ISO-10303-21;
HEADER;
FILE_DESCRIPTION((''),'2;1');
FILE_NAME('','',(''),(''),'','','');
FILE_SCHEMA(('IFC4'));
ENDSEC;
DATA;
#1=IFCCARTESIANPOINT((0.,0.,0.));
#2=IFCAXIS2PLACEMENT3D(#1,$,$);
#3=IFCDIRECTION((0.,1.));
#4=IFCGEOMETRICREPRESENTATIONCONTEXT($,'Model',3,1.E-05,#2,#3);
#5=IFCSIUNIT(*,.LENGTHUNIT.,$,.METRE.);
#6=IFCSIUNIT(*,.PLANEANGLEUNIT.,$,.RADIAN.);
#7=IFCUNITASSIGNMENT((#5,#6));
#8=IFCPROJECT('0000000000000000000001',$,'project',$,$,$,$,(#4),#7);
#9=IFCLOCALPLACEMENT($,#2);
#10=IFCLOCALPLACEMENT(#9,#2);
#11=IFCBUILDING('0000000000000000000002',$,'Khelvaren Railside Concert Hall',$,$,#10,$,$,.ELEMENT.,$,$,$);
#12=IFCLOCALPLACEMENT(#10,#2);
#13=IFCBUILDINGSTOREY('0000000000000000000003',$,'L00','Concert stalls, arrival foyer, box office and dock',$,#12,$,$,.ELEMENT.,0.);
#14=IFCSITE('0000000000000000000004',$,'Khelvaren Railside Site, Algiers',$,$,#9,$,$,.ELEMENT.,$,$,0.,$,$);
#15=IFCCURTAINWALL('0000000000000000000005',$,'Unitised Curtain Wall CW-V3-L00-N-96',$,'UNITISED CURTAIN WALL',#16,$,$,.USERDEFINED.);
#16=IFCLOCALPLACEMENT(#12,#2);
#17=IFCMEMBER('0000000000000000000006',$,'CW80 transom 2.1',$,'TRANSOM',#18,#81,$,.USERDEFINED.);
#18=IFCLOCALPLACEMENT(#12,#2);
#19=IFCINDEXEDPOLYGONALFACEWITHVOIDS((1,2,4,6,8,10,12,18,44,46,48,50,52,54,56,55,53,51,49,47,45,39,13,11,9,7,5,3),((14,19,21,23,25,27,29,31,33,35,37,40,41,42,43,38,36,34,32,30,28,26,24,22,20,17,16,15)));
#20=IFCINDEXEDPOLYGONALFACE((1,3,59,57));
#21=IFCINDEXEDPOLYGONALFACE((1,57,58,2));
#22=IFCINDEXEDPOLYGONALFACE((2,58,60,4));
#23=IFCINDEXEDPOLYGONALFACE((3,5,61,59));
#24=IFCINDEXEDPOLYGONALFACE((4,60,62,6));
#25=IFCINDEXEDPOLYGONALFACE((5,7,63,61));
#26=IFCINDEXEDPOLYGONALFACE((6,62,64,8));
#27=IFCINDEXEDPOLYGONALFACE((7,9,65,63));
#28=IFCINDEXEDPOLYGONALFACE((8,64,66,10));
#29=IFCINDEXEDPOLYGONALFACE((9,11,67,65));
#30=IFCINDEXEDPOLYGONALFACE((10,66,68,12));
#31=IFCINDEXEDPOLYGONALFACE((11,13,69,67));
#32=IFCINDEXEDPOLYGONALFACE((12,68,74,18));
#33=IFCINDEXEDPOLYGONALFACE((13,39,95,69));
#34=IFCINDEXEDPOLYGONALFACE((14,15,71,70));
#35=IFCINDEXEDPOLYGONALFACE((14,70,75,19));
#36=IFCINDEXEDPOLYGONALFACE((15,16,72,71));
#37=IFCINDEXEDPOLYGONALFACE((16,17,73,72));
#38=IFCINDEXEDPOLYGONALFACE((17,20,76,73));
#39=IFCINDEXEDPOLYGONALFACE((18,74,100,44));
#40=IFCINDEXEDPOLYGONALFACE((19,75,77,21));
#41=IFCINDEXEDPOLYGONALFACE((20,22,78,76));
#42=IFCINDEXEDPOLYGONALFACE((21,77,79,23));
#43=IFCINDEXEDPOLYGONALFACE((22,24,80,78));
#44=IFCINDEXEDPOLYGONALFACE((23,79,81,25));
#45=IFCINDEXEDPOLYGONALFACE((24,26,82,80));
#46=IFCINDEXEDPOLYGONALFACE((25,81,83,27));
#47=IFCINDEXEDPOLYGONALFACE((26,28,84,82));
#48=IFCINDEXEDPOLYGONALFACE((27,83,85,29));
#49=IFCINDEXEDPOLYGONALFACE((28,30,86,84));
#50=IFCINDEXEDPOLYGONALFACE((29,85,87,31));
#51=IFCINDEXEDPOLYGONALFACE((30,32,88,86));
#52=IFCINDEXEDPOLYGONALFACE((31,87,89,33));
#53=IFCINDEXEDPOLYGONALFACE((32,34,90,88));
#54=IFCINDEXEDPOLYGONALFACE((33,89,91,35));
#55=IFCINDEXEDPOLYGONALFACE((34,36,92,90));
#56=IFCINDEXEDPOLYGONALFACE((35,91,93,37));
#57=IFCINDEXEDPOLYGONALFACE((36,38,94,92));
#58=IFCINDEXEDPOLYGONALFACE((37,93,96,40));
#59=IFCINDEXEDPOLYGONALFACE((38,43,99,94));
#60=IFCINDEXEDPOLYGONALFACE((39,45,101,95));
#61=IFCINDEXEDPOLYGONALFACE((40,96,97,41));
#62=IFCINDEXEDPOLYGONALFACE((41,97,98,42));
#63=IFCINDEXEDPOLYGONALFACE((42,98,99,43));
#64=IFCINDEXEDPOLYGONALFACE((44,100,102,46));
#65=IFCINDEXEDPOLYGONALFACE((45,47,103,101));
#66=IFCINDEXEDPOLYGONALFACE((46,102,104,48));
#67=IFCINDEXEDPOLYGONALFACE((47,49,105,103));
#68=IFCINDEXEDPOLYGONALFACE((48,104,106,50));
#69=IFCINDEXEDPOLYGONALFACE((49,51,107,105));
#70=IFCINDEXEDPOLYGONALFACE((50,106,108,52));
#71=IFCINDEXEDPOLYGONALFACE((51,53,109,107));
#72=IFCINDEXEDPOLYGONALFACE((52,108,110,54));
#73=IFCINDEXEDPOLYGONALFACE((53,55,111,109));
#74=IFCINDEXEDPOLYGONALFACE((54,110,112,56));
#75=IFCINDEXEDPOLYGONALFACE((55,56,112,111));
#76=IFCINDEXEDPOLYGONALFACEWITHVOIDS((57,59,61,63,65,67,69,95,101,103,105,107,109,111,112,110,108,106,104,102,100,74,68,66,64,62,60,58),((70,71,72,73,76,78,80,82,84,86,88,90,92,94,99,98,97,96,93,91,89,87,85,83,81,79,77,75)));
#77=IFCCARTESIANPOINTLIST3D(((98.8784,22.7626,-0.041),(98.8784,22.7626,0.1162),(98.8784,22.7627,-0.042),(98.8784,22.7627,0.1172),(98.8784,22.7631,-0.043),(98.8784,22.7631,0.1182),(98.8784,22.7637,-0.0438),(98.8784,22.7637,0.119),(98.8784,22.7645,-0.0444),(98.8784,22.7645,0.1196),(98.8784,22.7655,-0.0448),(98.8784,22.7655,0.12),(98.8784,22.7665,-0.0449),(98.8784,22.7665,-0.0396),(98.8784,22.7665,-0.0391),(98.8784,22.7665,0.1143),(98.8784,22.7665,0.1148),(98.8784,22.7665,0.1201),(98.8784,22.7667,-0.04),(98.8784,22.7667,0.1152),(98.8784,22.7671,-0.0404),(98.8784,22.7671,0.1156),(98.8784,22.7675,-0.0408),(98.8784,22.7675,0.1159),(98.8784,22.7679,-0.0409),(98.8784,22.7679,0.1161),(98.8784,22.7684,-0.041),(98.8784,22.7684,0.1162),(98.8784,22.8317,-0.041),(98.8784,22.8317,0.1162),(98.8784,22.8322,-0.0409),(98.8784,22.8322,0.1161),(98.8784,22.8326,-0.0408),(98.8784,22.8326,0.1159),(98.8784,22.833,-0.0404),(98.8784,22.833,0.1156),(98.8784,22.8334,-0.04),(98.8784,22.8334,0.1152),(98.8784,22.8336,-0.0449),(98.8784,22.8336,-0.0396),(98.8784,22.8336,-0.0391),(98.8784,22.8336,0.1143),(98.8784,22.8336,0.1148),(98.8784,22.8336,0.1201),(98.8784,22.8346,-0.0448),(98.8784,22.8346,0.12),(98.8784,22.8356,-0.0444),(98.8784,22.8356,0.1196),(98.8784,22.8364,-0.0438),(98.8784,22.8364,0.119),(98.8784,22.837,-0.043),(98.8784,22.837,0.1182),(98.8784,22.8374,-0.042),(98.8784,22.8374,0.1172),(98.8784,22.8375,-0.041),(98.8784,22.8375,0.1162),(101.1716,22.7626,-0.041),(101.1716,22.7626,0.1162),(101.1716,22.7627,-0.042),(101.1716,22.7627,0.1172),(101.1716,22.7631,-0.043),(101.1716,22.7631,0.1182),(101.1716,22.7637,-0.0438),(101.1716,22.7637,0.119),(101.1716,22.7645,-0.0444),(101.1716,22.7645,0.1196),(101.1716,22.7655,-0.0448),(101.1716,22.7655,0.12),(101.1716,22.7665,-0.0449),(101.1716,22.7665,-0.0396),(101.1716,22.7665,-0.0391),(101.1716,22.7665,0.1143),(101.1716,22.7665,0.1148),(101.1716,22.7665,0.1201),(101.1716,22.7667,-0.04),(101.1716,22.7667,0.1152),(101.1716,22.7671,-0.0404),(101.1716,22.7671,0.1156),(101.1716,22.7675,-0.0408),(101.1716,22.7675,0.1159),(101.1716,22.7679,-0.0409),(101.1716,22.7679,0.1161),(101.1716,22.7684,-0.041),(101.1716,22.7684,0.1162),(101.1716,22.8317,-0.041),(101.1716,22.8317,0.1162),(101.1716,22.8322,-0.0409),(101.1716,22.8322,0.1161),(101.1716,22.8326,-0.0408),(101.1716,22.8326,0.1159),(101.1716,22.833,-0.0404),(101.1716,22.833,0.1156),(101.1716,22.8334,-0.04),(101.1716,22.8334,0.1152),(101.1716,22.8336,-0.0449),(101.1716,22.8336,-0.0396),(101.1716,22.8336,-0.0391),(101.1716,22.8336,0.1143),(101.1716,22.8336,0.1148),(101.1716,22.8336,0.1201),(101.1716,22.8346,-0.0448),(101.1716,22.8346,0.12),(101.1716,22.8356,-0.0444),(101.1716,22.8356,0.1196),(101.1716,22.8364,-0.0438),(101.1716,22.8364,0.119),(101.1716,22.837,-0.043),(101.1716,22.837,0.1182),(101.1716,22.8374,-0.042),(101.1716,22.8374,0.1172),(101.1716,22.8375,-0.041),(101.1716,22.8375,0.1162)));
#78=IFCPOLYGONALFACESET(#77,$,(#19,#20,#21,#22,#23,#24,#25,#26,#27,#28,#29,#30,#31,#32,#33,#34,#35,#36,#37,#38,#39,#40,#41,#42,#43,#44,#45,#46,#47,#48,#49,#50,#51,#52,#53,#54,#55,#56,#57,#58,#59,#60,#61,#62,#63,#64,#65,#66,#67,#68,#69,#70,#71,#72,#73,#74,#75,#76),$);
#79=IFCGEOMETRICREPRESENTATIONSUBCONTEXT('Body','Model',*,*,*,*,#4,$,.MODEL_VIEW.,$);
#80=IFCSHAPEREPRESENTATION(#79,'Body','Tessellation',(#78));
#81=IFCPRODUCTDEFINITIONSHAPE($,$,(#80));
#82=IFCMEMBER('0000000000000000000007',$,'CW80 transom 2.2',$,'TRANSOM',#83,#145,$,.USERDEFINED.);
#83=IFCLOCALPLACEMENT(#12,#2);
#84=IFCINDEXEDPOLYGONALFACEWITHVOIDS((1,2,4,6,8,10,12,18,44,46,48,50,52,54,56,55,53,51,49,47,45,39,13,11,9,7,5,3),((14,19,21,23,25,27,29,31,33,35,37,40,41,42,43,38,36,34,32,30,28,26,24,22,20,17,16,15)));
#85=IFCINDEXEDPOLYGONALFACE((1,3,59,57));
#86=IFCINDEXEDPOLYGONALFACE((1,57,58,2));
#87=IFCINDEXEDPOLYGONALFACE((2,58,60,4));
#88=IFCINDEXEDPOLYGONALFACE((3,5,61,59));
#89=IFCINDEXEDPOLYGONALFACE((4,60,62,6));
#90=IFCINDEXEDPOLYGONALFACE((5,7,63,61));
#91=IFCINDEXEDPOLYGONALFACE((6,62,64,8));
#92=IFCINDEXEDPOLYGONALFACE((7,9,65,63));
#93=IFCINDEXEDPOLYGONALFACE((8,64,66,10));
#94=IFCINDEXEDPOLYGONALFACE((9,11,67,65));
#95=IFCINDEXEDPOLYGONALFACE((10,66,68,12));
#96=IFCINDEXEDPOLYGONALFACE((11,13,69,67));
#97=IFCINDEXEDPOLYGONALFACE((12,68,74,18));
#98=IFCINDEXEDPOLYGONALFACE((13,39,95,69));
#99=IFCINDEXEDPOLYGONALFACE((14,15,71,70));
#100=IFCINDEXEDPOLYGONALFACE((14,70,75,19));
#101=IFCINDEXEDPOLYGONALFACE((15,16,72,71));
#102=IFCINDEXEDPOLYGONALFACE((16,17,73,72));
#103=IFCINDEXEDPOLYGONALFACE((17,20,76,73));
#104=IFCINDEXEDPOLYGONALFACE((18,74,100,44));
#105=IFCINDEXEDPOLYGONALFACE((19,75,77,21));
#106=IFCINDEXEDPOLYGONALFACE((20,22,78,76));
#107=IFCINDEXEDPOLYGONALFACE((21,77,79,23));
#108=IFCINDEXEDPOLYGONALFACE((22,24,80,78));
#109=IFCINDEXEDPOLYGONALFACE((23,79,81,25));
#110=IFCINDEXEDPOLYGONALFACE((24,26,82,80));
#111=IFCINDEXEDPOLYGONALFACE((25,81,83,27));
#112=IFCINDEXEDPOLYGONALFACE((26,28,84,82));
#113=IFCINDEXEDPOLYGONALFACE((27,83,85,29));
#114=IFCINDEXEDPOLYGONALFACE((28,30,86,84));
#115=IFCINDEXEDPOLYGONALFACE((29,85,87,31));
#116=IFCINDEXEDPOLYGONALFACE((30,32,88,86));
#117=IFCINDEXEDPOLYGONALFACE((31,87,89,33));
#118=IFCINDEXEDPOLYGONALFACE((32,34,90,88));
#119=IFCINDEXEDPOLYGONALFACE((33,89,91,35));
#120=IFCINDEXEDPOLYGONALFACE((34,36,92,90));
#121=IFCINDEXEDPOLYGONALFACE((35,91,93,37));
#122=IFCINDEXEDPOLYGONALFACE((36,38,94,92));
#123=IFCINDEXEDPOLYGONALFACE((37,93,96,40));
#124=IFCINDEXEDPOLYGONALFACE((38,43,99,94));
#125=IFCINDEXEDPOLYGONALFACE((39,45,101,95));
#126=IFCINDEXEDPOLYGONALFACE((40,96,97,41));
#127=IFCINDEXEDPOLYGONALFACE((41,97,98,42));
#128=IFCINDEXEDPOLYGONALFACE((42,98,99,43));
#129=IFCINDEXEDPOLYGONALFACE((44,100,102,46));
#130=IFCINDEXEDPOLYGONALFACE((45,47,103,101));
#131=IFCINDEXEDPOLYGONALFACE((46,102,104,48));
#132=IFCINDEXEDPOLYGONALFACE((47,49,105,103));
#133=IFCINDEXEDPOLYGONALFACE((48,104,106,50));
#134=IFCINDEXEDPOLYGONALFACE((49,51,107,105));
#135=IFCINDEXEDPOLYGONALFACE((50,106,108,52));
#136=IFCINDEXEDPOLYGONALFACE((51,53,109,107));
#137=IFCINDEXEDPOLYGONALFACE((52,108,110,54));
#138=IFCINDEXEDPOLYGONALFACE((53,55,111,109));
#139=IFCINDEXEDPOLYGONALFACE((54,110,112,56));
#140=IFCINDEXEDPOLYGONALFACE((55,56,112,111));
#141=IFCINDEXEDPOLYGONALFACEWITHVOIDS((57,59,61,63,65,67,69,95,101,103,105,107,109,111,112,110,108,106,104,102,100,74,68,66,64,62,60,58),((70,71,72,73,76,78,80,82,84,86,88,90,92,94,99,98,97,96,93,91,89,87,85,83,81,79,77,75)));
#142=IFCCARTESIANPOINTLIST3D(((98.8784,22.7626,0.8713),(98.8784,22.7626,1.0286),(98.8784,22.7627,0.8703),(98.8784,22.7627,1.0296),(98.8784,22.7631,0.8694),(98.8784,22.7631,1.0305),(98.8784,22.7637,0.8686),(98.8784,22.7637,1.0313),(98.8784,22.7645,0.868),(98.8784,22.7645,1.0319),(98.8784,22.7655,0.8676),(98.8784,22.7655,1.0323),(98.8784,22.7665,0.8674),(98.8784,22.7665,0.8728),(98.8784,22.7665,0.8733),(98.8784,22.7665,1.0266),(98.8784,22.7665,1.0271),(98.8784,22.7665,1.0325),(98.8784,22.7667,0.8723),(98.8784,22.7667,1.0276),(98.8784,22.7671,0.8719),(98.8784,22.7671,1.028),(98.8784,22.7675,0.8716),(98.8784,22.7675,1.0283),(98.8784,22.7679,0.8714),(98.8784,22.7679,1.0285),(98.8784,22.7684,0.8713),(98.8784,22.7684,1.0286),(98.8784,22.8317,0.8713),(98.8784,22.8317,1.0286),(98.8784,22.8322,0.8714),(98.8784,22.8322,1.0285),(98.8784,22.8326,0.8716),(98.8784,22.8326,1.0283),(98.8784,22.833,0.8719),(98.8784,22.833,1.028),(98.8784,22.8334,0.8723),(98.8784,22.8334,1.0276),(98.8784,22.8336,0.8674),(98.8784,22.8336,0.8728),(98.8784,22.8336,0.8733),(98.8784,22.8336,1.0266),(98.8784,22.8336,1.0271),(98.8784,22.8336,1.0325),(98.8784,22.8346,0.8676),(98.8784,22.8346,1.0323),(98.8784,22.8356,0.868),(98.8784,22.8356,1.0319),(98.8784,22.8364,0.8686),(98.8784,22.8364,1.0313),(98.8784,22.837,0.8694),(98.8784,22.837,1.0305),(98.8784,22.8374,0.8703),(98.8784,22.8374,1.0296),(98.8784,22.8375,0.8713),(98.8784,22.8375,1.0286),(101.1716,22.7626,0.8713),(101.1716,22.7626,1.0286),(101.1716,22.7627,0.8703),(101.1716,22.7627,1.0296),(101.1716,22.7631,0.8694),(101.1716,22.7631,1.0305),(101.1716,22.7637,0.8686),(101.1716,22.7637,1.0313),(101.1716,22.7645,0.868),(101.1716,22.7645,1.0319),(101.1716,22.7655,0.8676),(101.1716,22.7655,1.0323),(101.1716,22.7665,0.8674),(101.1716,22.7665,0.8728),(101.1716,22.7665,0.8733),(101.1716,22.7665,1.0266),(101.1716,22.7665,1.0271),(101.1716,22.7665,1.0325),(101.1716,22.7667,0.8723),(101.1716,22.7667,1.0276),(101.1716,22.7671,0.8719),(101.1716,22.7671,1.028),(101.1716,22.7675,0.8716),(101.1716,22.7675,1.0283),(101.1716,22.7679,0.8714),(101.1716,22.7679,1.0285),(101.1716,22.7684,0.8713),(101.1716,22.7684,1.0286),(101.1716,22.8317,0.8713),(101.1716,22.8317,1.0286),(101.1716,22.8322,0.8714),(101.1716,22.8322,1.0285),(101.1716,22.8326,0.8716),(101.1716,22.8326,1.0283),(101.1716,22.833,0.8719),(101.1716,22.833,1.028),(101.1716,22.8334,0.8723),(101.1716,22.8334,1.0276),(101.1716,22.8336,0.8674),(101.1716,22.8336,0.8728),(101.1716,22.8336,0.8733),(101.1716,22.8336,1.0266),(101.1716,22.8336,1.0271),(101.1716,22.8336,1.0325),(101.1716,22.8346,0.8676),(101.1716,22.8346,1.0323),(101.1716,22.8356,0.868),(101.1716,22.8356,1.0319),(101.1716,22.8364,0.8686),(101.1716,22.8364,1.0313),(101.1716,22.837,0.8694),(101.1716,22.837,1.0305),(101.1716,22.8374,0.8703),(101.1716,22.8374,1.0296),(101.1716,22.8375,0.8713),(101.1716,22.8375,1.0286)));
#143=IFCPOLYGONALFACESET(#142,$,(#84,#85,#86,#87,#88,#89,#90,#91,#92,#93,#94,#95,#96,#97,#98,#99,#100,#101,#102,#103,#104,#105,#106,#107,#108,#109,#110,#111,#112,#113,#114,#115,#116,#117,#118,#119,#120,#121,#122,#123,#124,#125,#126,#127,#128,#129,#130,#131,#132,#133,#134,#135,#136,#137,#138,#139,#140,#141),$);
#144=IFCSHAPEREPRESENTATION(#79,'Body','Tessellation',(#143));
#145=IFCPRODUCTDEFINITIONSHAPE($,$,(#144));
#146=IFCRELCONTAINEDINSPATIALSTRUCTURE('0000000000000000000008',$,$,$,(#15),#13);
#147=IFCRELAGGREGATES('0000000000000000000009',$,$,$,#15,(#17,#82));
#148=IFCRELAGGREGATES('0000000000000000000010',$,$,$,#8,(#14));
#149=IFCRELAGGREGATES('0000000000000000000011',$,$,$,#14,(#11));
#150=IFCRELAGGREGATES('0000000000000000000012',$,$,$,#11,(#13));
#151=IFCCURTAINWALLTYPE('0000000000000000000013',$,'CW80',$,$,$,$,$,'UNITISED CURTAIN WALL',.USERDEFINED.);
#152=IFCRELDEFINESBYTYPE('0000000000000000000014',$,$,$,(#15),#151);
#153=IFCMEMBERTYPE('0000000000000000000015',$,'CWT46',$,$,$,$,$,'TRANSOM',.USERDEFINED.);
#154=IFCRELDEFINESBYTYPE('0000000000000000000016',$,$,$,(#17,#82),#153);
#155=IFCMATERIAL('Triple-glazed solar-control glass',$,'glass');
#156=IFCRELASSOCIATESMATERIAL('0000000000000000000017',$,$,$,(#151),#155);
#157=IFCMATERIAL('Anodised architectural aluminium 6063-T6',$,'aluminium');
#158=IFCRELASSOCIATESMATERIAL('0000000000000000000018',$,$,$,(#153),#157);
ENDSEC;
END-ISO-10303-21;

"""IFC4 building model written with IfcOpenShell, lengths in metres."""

from ifc_helpers import new_model, si_unit, direction, frame, origin, origin_2d, place, context, subcontext, project, spatial, hollow_rectangle, extrude, material, material_profile, profile_set, type_object, element, aggregate, save


model = new_model("IFC4")

# Units and contexts
model_context = context("Model", 3, precision=1e-05, world=origin(), true_north=direction((0.0, 1.0)))
body_context = subcontext(model_context, "Body", "Model", "MODEL_VIEW")
ifc_project = project(units=[si_unit("LENGTHUNIT", "METRE"), si_unit("PLANEANGLEUNIT", "RADIAN")], contexts=[model_context])

# Site, building, storey
site_placement = place(None, origin())
site = spatial("IfcSite", under=ifc_project, at=site_placement, Name="Khelvaren Railside Site, Algiers", CompositionType="ELEMENT", RefElevation=0.0)
building_placement = place(site_placement, origin())
building = spatial("IfcBuilding", under=site, at=building_placement, Name="Khelvaren Railside Concert Hall", CompositionType="ELEMENT")
storey_placement = place(building_placement, origin())
storey = spatial("IfcBuildingStorey", under=building, at=storey_placement, Name="L00", Description="Concert stalls, arrival foyer, box office and dock", CompositionType="ELEMENT", Elevation=0.0)

# Shared definitions
ifc_material_1 = material(Name="Triple-glazed solar-control glass", Category="glass")
ifc_material_2 = material(Name="Anodised architectural aluminium 6063-T6", Category="aluminium")

# Curtain wall, members
curtain_wall_type_1 = type_object("IfcCurtainWallType", Name="CW80", ElementType="UNITISED CURTAIN WALL", PredefinedType="USERDEFINED", material=ifc_material_1)
curtain_wall_1_placement = place(storey_placement, origin())
curtain_wall_1 = element("IfcCurtainWall", 1, at=curtain_wall_1_placement, inside=storey, type_object=curtain_wall_type_1, Name="Unitised Curtain Wall CW-V3-L00-N-96", ObjectType="UNITISED CURTAIN WALL", PredefinedType="USERDEFINED")
ifc_material_profile_1 = material_profile(ifc_material_2, hollow_rectangle(XDim=0.075, YDim=0.165, WallThickness=0.0039, InnerFilletRadius=0.002, OuterFilletRadius=0.0039, at=origin_2d()), Name="CWT 75x165x4")
ifc_profile_set_1 = profile_set([ifc_material_profile_1], Name="Anodised architectural aluminium 6063-T6")
member_type_1 = type_object("IfcMemberType", Name="CWT46", ElementType="TRANSOM", PredefinedType="USERDEFINED", material=ifc_profile_set_1)
member_1_placement = place(storey_placement, frame((98.8784, 22.8, 0.0376), z_axis=(1.0, 0.0, 0.0), x_axis=(0.0, 1.0, 0.0)))
member_1 = element("IfcMember", 2, at=member_1_placement, type_object=member_type_1, Name="CW80 transom 2.1", ObjectType="TRANSOM", PredefinedType="USERDEFINED", context=body_context, shape_type="SweptSolid", body=[
    extrude(hollow_rectangle(XDim=0.075, YDim=0.165, WallThickness=0.0039, InnerFilletRadius=0.002, OuterFilletRadius=0.0039, at=origin_2d()), origin(), (0.0, 0.0, 1.0), 2.2932),
])
member_2_placement = place(storey_placement, frame((98.8784, 22.8, 0.95), z_axis=(1.0, 0.0, 0.0), x_axis=(0.0, 1.0, 0.0)))
member_2 = element("IfcMember", 3, at=member_2_placement, type_object=member_type_1, Name="CW80 transom 2.2", ObjectType="TRANSOM", PredefinedType="USERDEFINED", context=body_context, shape_type="SweptSolid", body=[
    extrude(hollow_rectangle(XDim=0.075, YDim=0.165, WallThickness=0.0039, InnerFilletRadius=0.002, OuterFilletRadius=0.0039, at=origin_2d()), origin(), (0.0, 0.0, 1.0), 2.2932),
])

aggregate(curtain_wall_1, [member_1, member_2])

save(model, "model.ifc")
